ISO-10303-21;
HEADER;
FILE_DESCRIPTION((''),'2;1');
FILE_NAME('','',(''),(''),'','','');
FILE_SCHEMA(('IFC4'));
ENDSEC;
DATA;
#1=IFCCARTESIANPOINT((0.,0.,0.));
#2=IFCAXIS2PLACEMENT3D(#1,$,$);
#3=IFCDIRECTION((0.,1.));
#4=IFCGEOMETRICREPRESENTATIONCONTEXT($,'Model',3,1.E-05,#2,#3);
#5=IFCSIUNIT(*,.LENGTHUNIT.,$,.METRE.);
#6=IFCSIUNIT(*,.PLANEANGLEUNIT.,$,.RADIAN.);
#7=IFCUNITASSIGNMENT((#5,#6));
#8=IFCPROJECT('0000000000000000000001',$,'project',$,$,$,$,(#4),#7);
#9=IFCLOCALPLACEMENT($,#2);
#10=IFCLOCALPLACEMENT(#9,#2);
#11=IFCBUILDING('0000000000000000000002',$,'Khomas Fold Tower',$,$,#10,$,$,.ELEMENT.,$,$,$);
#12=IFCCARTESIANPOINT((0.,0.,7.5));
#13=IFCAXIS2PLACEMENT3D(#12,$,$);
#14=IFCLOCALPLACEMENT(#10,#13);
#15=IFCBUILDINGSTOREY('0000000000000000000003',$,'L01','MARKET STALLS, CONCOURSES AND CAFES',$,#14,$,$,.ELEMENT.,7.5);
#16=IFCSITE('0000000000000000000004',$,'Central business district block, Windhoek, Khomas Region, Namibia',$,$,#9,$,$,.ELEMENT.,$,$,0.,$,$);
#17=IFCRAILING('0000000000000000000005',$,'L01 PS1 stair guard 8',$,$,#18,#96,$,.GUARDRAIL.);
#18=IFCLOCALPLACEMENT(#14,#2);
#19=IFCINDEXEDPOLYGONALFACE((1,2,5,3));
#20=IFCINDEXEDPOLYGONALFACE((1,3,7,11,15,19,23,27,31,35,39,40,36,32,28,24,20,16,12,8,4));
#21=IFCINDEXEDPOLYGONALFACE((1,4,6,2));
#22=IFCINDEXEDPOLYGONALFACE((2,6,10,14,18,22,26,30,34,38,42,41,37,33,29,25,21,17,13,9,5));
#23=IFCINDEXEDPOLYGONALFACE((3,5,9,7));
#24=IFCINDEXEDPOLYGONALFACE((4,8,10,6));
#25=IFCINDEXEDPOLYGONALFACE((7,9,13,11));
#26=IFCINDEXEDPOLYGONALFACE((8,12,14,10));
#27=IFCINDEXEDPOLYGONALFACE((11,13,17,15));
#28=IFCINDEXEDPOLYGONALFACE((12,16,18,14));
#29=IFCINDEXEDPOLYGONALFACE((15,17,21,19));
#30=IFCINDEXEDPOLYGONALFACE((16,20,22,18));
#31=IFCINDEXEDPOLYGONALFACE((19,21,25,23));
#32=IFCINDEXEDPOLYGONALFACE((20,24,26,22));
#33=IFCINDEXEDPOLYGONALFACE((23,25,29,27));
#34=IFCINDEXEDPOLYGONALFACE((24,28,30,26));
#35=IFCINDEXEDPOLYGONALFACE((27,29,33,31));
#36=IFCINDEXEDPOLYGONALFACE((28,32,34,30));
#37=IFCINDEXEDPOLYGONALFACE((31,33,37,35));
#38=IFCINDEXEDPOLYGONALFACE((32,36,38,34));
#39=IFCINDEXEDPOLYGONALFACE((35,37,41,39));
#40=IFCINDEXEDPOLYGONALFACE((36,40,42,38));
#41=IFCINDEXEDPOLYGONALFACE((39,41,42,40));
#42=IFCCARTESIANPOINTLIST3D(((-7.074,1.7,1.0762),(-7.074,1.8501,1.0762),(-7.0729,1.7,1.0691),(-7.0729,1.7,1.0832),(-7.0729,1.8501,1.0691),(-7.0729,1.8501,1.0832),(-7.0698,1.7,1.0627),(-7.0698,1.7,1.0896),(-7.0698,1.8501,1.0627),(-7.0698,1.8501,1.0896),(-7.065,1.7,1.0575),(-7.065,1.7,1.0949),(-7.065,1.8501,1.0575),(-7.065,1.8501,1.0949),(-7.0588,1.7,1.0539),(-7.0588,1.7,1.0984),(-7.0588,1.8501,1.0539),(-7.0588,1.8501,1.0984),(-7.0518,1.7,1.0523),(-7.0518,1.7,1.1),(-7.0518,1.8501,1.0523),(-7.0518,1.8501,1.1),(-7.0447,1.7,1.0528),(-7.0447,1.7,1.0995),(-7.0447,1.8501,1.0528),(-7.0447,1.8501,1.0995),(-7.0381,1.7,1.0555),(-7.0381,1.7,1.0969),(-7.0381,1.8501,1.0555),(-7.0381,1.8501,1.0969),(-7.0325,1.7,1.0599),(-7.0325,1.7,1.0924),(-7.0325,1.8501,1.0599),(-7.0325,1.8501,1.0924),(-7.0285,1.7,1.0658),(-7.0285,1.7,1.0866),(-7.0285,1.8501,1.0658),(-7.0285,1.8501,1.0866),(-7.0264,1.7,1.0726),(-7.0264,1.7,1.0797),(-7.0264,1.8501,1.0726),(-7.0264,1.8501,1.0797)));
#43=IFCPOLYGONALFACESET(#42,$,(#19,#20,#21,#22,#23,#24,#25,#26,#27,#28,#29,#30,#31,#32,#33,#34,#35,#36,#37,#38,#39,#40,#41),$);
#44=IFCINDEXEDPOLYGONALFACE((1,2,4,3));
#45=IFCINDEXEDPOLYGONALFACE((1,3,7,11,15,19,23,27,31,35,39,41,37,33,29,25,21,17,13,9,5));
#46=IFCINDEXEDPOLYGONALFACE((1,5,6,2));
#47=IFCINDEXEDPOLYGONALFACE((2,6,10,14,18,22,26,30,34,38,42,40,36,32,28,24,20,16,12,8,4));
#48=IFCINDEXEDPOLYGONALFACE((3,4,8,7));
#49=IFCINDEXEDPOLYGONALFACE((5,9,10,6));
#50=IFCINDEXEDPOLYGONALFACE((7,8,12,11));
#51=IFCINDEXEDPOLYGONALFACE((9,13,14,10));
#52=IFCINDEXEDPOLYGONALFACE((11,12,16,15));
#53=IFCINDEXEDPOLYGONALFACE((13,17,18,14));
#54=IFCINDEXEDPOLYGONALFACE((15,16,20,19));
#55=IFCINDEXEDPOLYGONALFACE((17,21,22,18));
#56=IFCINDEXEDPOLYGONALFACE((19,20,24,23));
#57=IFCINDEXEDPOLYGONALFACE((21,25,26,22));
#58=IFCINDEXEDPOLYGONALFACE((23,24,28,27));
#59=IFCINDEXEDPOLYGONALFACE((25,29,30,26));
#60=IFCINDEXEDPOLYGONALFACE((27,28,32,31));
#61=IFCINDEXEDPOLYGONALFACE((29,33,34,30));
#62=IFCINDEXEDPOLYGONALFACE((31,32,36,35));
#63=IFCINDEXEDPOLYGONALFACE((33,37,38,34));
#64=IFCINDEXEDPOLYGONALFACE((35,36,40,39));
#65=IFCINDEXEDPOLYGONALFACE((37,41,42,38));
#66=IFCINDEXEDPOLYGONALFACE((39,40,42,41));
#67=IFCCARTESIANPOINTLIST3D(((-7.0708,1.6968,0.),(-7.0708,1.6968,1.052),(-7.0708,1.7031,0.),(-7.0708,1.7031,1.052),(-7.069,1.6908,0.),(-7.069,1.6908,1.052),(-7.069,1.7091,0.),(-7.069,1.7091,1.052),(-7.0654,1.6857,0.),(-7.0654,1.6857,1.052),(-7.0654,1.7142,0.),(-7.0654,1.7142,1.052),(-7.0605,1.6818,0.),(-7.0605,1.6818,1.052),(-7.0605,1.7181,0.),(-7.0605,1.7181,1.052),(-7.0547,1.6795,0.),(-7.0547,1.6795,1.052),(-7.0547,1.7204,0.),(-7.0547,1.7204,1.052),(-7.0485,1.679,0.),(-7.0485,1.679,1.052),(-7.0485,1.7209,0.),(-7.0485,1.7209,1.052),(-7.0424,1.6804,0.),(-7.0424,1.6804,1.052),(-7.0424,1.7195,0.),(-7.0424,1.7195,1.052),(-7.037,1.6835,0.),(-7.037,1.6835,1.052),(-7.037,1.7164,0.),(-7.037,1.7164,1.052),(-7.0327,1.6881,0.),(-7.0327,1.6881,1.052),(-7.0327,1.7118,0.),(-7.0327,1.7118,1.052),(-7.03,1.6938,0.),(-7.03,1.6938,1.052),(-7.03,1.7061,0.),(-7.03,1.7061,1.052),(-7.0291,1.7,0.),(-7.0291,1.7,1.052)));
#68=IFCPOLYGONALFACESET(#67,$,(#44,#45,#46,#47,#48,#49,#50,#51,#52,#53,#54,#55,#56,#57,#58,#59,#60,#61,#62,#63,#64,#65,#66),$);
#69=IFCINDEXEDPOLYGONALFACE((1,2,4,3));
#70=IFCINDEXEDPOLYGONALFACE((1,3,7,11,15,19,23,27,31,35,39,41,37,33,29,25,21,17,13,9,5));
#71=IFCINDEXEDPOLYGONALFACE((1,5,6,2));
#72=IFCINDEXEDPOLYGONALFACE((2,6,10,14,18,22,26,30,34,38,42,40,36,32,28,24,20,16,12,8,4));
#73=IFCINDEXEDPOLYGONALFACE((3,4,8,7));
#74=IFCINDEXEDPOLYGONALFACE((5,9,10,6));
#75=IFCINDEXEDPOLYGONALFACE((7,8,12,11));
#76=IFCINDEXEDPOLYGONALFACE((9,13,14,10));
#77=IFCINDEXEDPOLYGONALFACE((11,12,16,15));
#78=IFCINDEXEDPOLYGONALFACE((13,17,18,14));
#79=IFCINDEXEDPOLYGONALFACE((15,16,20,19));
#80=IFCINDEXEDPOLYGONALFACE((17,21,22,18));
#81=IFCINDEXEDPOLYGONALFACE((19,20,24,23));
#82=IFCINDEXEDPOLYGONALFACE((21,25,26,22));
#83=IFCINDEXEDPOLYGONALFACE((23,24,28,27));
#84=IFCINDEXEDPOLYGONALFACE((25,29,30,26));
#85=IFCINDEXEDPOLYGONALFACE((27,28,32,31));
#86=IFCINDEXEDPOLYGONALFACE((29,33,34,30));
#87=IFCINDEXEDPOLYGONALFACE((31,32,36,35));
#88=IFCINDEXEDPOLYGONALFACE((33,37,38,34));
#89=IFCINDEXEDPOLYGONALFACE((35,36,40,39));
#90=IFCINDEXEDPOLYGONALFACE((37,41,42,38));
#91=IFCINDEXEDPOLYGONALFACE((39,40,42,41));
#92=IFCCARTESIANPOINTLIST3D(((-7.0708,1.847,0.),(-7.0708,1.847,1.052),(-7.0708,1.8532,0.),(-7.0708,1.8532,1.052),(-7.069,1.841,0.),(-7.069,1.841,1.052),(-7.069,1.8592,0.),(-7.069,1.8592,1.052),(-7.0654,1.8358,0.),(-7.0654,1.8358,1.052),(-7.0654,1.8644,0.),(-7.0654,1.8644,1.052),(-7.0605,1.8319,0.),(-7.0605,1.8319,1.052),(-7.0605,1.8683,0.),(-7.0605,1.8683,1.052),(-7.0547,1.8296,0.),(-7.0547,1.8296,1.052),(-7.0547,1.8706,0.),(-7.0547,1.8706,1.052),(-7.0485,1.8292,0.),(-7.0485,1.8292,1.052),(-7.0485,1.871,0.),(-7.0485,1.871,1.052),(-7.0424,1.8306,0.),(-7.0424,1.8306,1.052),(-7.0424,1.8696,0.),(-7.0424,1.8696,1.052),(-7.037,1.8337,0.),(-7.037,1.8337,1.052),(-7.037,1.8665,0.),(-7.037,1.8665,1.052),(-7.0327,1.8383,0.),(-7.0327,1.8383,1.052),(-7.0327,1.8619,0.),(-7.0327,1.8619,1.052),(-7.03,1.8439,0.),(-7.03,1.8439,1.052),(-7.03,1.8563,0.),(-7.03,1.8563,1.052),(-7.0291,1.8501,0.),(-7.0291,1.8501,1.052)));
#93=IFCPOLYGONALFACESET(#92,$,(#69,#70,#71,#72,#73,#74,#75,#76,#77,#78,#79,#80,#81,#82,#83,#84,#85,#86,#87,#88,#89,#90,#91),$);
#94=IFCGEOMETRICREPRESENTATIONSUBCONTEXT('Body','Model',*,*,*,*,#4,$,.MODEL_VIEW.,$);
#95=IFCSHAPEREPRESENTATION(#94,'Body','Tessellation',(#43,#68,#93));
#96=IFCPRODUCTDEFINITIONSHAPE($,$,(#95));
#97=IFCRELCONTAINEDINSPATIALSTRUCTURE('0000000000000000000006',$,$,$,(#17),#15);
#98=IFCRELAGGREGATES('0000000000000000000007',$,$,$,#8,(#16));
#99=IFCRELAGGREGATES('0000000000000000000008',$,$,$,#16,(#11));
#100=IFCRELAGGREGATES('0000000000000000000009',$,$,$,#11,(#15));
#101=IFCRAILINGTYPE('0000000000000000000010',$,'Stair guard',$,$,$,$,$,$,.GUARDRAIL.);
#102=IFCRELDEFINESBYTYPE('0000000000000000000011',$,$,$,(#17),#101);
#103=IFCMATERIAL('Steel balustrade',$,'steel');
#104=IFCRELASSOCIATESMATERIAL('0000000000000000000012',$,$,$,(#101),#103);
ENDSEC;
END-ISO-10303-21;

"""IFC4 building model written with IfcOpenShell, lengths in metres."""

from ifc_helpers import new_model, si_unit, direction, frame, origin, origin_2d, place, context, subcontext, project, spatial, circle, extrude, source, transform, mapped, material, type_object, element, save


model = new_model("IFC4")

# Units and contexts
model_context = context("Model", 3, precision=1e-05, world=origin(), true_north=direction((0.0, 1.0)))
body_context = subcontext(model_context, "Body", "Model", "MODEL_VIEW")
ifc_project = project(units=[si_unit("LENGTHUNIT", "METRE"), si_unit("PLANEANGLEUNIT", "RADIAN")], contexts=[model_context])

# Site, building, storey
site_placement = place(None, origin())
site = spatial("IfcSite", under=ifc_project, at=site_placement, Name="Central business district block, Windhoek, Khomas Region, Namibia", CompositionType="ELEMENT", RefElevation=0.0)
building_placement = place(site_placement, origin())
building = spatial("IfcBuilding", under=site, at=building_placement, Name="Khomas Fold Tower", CompositionType="ELEMENT")
storey_placement = place(building_placement, frame((0.0, 0.0, 7.5)))
storey = spatial("IfcBuildingStorey", under=building, at=storey_placement, Name="L01", Description="MARKET STALLS, CONCOURSES AND CAFES", CompositionType="ELEMENT", Elevation=7.5)

# Railing
ifc_material_1 = material(Name="Steel balustrade", Category="steel")
railing_type_1 = type_object("IfcRailingType", Name="Stair guard", PredefinedType="GUARDRAIL", material=ifc_material_1)
shared_shape_1 = source(origin(), body_context, "Body", "SweptSolid", [
    extrude(circle(Radius=0.0239, at=origin_2d()), frame((0.0, 0.0, 1.0762), z_axis=(0.0, 1.0, 0.0), x_axis=(-1.0, 0.0, 0.0)), (0.0, 0.0, 1.0), 0.1501),
    extrude(circle(Radius=0.021, at=origin_2d()), origin(), (0.0, 0.0, 1.0), 1.052),
    extrude(circle(Radius=0.021, at=origin_2d()), frame((0.0, 0.1501, 0.0)), (0.0, 0.0, 1.0), 1.052),
])
for number, where, name in (
    (1, (-7.05, 1.7, 0.0), "L01 PS1 stair guard 8"),
):
    element("IfcRailing", number, at=place(storey_placement, frame(where)), inside=storey, type_object=railing_type_1, Name=name, PredefinedType="GUARDRAIL", context=body_context, shape_type="MappedRepresentation", body=[
        mapped(shared_shape_1, transform((0.0, 0.0, 0.0))),
    ])

save(model, "model.ifc")
